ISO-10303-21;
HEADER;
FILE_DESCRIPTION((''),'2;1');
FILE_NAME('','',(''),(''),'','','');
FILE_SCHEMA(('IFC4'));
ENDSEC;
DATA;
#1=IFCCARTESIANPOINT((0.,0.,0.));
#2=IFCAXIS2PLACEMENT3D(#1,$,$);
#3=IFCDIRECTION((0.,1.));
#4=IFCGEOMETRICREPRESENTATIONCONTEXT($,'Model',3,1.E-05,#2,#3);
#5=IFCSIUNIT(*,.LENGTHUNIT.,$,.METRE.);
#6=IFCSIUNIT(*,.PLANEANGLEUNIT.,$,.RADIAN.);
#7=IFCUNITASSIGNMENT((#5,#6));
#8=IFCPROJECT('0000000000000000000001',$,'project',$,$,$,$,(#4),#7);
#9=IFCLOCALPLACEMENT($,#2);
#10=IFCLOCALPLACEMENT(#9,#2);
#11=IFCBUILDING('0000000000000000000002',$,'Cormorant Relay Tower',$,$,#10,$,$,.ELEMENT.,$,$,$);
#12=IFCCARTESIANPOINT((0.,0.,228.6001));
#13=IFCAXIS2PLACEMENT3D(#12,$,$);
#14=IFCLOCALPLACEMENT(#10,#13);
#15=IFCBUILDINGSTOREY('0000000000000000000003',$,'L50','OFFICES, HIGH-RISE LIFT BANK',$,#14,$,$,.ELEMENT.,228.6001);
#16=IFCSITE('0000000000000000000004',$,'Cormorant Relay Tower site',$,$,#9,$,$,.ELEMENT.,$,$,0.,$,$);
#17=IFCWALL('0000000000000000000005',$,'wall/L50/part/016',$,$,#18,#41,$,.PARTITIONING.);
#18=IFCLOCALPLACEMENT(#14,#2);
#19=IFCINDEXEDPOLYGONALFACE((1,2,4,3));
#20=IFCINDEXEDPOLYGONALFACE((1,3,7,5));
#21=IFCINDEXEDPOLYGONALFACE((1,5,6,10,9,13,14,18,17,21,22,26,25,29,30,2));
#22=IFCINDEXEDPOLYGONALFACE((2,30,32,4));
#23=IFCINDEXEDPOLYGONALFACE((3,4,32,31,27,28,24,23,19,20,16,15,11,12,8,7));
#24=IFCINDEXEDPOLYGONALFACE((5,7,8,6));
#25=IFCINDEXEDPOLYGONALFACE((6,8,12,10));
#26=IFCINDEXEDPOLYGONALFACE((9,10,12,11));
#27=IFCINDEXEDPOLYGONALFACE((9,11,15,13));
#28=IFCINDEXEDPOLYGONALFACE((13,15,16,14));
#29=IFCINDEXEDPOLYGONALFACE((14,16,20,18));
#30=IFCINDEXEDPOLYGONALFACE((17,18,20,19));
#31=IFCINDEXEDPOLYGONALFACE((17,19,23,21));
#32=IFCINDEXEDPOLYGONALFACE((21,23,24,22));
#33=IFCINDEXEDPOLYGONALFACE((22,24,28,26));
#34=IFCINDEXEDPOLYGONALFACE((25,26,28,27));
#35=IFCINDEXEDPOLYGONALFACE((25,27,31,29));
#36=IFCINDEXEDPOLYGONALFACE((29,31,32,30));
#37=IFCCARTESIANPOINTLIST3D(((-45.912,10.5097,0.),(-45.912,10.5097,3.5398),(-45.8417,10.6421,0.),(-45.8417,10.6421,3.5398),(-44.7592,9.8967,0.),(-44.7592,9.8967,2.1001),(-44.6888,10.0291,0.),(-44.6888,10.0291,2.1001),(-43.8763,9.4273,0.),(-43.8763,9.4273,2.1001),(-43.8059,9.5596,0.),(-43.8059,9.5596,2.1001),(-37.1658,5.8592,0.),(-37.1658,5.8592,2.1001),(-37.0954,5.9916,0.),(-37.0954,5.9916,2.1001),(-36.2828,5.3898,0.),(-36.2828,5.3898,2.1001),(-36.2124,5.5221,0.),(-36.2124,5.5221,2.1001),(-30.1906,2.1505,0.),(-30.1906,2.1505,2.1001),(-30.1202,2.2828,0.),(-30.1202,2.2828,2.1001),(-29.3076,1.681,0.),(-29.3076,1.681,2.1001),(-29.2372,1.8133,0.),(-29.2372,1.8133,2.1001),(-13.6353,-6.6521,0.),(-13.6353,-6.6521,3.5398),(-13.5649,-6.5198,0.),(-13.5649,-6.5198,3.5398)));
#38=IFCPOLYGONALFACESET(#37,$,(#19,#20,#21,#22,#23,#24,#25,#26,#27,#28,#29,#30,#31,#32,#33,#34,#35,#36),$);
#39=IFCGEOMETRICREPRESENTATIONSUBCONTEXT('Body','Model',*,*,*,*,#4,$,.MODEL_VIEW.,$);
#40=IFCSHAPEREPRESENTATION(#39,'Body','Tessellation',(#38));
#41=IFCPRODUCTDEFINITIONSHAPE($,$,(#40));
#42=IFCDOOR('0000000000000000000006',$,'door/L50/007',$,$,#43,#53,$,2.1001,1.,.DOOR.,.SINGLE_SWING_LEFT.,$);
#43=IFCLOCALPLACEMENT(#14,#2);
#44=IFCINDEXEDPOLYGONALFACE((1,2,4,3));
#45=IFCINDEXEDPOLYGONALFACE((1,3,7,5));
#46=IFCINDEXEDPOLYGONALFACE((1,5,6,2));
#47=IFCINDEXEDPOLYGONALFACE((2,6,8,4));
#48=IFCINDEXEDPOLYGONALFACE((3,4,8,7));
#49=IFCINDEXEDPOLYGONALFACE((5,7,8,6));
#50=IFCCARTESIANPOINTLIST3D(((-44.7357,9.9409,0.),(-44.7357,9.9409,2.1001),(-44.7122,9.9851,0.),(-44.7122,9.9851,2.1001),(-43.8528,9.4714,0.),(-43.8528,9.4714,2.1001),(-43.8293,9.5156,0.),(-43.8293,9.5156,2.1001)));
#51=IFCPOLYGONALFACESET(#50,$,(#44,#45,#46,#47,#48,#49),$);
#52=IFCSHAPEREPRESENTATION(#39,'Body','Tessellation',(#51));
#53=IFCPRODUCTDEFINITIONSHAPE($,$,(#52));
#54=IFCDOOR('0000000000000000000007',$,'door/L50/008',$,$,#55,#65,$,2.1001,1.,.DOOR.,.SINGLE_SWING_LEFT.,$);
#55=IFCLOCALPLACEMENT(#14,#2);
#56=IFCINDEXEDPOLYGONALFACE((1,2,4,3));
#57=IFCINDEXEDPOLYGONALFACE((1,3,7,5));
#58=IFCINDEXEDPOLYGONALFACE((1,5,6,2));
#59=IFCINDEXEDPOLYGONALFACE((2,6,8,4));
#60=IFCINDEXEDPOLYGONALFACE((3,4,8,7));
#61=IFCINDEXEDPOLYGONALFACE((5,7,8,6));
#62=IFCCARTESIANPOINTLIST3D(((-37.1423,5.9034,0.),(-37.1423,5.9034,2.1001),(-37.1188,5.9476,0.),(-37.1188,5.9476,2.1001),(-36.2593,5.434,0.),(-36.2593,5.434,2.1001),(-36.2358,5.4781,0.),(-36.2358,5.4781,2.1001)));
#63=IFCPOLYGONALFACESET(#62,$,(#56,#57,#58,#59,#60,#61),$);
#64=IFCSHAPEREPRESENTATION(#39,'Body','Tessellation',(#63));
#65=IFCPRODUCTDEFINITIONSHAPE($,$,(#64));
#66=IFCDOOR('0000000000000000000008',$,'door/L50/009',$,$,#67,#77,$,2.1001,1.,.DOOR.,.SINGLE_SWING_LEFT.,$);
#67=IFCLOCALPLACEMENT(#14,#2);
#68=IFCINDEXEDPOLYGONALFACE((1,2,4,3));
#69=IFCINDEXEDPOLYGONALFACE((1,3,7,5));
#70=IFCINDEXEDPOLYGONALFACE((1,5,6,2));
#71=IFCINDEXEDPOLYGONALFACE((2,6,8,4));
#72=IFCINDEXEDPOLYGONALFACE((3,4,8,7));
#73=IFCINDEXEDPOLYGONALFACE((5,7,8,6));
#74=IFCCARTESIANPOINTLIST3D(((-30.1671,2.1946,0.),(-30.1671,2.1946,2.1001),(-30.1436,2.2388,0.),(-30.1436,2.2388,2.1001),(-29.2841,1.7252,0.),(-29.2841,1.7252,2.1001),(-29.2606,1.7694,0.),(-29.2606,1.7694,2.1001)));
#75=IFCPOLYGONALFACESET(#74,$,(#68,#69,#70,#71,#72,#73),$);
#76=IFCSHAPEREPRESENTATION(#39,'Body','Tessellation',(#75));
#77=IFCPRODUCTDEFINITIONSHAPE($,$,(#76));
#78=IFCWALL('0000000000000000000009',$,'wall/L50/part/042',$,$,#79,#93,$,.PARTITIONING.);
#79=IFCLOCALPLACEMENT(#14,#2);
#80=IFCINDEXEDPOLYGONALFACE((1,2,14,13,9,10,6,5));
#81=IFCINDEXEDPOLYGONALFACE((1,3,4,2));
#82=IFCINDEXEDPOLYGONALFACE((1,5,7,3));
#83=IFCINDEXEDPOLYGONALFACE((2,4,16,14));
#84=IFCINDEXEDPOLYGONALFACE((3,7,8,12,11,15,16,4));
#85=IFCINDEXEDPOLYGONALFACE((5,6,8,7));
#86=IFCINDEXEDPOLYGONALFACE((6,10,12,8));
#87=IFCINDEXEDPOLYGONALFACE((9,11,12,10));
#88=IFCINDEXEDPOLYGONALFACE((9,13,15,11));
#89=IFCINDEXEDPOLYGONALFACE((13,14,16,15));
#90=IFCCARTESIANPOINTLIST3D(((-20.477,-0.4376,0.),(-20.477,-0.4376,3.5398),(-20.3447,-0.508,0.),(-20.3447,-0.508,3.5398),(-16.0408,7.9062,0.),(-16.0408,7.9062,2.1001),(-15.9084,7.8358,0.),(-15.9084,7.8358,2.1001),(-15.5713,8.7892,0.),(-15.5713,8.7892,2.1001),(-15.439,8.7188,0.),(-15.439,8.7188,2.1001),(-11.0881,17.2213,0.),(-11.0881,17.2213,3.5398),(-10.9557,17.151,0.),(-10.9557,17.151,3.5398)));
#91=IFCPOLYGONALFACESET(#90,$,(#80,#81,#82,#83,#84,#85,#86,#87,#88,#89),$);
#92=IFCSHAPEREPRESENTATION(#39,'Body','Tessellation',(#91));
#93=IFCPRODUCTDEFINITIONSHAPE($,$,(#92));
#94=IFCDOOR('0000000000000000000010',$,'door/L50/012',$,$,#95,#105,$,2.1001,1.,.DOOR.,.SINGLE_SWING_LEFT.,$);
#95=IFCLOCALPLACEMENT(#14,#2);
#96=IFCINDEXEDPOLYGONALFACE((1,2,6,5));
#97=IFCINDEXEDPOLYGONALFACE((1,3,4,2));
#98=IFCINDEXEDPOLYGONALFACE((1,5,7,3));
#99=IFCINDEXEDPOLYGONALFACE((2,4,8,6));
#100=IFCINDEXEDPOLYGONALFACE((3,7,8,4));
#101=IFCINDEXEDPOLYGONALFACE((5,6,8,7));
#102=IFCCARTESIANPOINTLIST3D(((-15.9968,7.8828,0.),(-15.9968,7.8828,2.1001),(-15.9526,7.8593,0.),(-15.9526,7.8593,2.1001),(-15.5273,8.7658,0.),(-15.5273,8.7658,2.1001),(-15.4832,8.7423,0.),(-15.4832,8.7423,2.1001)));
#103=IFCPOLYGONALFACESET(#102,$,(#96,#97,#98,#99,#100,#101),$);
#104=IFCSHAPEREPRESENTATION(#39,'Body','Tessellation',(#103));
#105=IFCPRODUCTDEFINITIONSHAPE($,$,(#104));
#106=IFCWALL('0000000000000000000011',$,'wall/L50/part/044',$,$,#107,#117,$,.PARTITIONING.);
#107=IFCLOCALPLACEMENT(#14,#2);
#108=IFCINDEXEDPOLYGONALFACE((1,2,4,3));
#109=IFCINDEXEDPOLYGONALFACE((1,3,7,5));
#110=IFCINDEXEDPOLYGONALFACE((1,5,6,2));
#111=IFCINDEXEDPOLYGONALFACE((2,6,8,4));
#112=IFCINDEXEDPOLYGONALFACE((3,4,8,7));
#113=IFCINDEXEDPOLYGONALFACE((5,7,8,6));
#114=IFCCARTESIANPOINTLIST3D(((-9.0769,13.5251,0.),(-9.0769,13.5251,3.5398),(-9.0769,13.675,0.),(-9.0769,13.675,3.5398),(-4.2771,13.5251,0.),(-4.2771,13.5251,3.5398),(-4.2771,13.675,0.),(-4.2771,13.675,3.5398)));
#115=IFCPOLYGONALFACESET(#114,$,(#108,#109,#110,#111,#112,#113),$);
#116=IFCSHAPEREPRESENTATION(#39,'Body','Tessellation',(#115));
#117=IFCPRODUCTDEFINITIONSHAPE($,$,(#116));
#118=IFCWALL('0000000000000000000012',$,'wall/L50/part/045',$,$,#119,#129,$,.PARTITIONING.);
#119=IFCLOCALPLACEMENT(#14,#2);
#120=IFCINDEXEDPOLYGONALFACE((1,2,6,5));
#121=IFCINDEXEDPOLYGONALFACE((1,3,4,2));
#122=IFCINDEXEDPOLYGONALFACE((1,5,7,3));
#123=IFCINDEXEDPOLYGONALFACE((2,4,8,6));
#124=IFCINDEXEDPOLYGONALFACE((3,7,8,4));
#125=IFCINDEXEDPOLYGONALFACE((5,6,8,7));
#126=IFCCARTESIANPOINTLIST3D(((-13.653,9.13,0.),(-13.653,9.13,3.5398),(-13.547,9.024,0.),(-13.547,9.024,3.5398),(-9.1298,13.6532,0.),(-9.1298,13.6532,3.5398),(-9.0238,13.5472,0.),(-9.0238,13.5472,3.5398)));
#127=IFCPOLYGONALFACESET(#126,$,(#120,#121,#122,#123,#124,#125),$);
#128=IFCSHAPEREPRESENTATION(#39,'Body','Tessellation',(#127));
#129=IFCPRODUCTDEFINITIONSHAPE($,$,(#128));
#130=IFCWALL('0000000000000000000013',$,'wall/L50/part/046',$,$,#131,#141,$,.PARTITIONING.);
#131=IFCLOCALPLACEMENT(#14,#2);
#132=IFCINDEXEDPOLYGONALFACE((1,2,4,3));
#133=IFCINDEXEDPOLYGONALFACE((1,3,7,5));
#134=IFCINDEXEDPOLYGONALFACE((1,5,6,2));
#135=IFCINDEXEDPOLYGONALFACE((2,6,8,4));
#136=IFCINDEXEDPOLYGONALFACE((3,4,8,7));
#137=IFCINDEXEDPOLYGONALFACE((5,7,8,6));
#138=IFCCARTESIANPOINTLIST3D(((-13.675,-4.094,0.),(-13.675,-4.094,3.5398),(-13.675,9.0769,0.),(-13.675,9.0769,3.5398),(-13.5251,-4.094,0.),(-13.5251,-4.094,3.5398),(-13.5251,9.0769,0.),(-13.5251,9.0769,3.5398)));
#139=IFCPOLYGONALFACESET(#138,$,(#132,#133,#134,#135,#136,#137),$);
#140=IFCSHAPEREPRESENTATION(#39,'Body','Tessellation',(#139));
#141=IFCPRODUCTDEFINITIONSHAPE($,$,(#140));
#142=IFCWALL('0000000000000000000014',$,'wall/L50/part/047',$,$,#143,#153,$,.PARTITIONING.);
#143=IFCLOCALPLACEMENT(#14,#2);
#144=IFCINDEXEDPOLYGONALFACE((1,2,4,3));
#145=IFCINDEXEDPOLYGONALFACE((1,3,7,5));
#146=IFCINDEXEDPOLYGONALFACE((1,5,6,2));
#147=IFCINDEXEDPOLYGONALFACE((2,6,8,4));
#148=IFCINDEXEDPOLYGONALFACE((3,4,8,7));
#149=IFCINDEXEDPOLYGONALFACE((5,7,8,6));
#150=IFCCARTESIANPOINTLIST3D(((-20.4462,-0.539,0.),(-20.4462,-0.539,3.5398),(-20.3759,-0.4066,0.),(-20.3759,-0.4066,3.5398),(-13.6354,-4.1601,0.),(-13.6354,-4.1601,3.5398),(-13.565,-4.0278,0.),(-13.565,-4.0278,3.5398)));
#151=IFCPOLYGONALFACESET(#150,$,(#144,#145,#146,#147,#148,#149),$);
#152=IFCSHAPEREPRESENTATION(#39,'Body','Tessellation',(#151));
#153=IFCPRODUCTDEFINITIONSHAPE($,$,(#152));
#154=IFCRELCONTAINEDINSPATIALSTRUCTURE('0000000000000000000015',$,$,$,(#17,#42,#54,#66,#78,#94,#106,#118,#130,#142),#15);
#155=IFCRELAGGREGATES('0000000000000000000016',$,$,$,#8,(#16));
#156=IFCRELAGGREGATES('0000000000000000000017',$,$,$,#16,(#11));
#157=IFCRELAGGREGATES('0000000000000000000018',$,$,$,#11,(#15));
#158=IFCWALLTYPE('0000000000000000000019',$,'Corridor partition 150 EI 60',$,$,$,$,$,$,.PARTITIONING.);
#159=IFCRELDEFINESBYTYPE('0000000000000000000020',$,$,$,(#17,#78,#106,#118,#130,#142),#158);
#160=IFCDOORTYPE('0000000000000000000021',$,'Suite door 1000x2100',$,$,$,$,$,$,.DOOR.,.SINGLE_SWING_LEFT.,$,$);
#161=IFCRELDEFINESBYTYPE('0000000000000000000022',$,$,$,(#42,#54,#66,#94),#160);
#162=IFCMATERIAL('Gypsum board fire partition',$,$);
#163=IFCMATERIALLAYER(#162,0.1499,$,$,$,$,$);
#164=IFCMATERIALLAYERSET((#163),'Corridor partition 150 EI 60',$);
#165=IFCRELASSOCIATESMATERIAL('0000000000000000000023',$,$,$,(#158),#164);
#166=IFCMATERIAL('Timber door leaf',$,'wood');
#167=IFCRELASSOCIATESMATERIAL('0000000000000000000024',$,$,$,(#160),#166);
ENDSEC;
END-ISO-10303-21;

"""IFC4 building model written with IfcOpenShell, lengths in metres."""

from ifc_helpers import new_model, si_unit, direction, frame, frame_2d, origin, place, context, subcontext, project, spatial, rectangle, extrude, material, layer, layer_set, type_object, element, fill, save


model = new_model("IFC4")

# Units and contexts
model_context = context("Model", 3, precision=1e-05, world=origin(), true_north=direction((0.0, 1.0)))
body_context = subcontext(model_context, "Body", "Model", "MODEL_VIEW")
ifc_project = project(units=[si_unit("LENGTHUNIT", "METRE"), si_unit("PLANEANGLEUNIT", "RADIAN")], contexts=[model_context])

# Site, building, storey
site_placement = place(None, origin())
site = spatial("IfcSite", under=ifc_project, at=site_placement, Name="Cormorant Relay Tower site", CompositionType="ELEMENT", RefElevation=0.0)
building_placement = place(site_placement, origin())
building = spatial("IfcBuilding", under=site, at=building_placement, Name="Cormorant Relay Tower", CompositionType="ELEMENT")
storey_placement = place(building_placement, frame((0.0, 0.0, 228.6001)))
storey = spatial("IfcBuildingStorey", under=building, at=storey_placement, Name="L50", Description="OFFICES, HIGH-RISE LIFT BANK", CompositionType="ELEMENT", Elevation=228.6001)

# Wall, openings, doors
ifc_material_1 = material(Name="Gypsum board fire partition")
ifc_layer_1 = layer(ifc_material_1, 0.1499)
ifc_layer_set_1 = layer_set([ifc_layer_1], Name="Corridor partition 150 EI 60")
wall_type_1 = type_object("IfcWallType", Name="Corridor partition 150 EI 60", PredefinedType="PARTITIONING", material=ifc_layer_set_1)
wall_1_placement = place(storey_placement, frame((-13.6001, -6.5859, 0.0), z_axis=(0.0, 0.0, 1.0), x_axis=(-0.882948, 0.469471, 0.0)))
wall_1 = element("IfcWall", 1, at=wall_1_placement, inside=storey, type_object=wall_type_1, Name="wall/L50/part/016", PredefinedType="PARTITIONING", context=body_context, shape_type="SweptSolid", body=[
    extrude(rectangle(XDim=36.5557, YDim=0.1499, at=frame_2d((18.2778, 0.0))), origin(), (0.0, 0.0, 1.0), 3.5398),
])
opening_1_placement = place(wall_1_placement, frame((34.25, 0.0, 0.0)))
opening_1 = element("IfcOpeningElement", 2, at=opening_1_placement, cuts=wall_1, PredefinedType="OPENING", context=body_context, shape_type="SweptSolid", body=[
    extrude(rectangle(XDim=1.0, YDim=2.1001, at=frame_2d((0.5, 1.05))), frame((0.0, 0.085, 0.0), z_axis=(0.0, -1.0, 0.0), x_axis=(1.0, 0.0, 0.0)), (0.0, 0.0, 1.0), 0.1699),
])
opening_2_placement = place(wall_1_placement, frame((25.6499, 0.0, 0.0)))
opening_2 = element("IfcOpeningElement", 3, at=opening_2_placement, cuts=wall_1, PredefinedType="OPENING", context=body_context, shape_type="SweptSolid", body=[
    extrude(rectangle(XDim=1.0, YDim=2.1001, at=frame_2d((0.5, 1.05))), frame((0.0, 0.085, 0.0), z_axis=(0.0, -1.0, 0.0), x_axis=(1.0, 0.0, 0.0)), (0.0, 0.0, 1.0), 0.1699),
])
opening_3_placement = place(wall_1_placement, frame((17.75, 0.0, 0.0)))
opening_3 = element("IfcOpeningElement", 4, at=opening_3_placement, cuts=wall_1, PredefinedType="OPENING", context=body_context, shape_type="SweptSolid", body=[
    extrude(rectangle(XDim=1.0, YDim=2.1001, at=frame_2d((0.5, 1.05))), frame((0.0, 0.085, 0.0), z_axis=(0.0, -1.0, 0.0), x_axis=(1.0, 0.0, 0.0)), (0.0, 0.0, 1.0), 0.1699),
])
ifc_material_2 = material(Name="Timber door leaf", Category="wood")
door_type_1 = type_object("IfcDoorType", Name="Suite door 1000x2100", OperationType="SINGLE_SWING_LEFT", PredefinedType="DOOR", material=ifc_material_2)
door_1_placement = place(opening_1_placement, origin())
door_1 = element("IfcDoor", 5, at=door_1_placement, inside=storey, type_object=door_type_1, Name="door/L50/007", OperationType="SINGLE_SWING_LEFT", OverallHeight=2.1001, OverallWidth=1.0, PredefinedType="DOOR", context=body_context, shape_type="SweptSolid", body=[
    extrude(rectangle(XDim=1.0, YDim=2.1001, at=frame_2d((0.5, 1.05))), frame((0.0, 0.0249, 0.0), z_axis=(0.0, -1.0, 0.0), x_axis=(1.0, 0.0, 0.0)), (0.0, 0.0, 1.0), 0.05),
])
fill(opening_1, door_1)
door_2_placement = place(opening_2_placement, origin())
door_2 = element("IfcDoor", 6, at=door_2_placement, inside=storey, type_object=door_type_1, Name="door/L50/008", OperationType="SINGLE_SWING_LEFT", OverallHeight=2.1001, OverallWidth=1.0, PredefinedType="DOOR", context=body_context, shape_type="SweptSolid", body=[
    extrude(rectangle(XDim=1.0, YDim=2.1001, at=frame_2d((0.5, 1.05))), frame((0.0, 0.0249, 0.0), z_axis=(0.0, -1.0, 0.0), x_axis=(1.0, 0.0, 0.0)), (0.0, 0.0, 1.0), 0.05),
])
fill(opening_2, door_2)
door_3_placement = place(opening_3_placement, origin())
door_3 = element("IfcDoor", 7, at=door_3_placement, inside=storey, type_object=door_type_1, Name="door/L50/009", OperationType="SINGLE_SWING_LEFT", OverallHeight=2.1001, OverallWidth=1.0, PredefinedType="DOOR", context=body_context, shape_type="SweptSolid", body=[
    extrude(rectangle(XDim=1.0, YDim=2.1001, at=frame_2d((0.5, 1.05))), frame((0.0, 0.0249, 0.0), z_axis=(0.0, -1.0, 0.0), x_axis=(1.0, 0.0, 0.0)), (0.0, 0.0, 1.0), 0.05),
])
fill(opening_3, door_3)

# Wall, opening, door
wall_2_placement = place(storey_placement, frame((-20.4109, -0.4729, 0.0), z_axis=(0.0, 0.0, 1.0), x_axis=(0.469452, 0.882958, 0.0)))
wall_2 = element("IfcWall", 8, at=wall_2_placement, inside=storey, type_object=wall_type_1, Name="wall/L50/part/042", PredefinedType="PARTITIONING", context=body_context, shape_type="SweptSolid", body=[
    extrude(rectangle(XDim=19.9998, YDim=0.1499, at=frame_2d((10.0, 0.0))), origin(), (0.0, 0.0, 1.0), 3.5398),
])
opening_4_placement = place(wall_2_placement, frame((9.45, 0.0, 0.0)))
opening_4 = element("IfcOpeningElement", 9, at=opening_4_placement, cuts=wall_2, PredefinedType="OPENING", context=body_context, shape_type="SweptSolid", body=[
    extrude(rectangle(XDim=1.0, YDim=2.1001, at=frame_2d((0.5, 1.05))), frame((0.0, 0.085, 0.0), z_axis=(0.0, -1.0, 0.0), x_axis=(1.0, 0.0, 0.0)), (0.0, 0.0, 1.0), 0.1699),
])
door_4_placement = place(opening_4_placement, frame((1.0, 0.0, 0.0), z_axis=(0.0, 0.0, 1.0), x_axis=(-1.0, 0.0, 0.0)))
door_4 = element("IfcDoor", 10, at=door_4_placement, inside=storey, type_object=door_type_1, Name="door/L50/012", OperationType="SINGLE_SWING_LEFT", OverallHeight=2.1001, OverallWidth=1.0, PredefinedType="DOOR", context=body_context, shape_type="SweptSolid", body=[
    extrude(rectangle(XDim=1.0, YDim=2.1001, at=frame_2d((0.5, 1.05))), frame((0.0, 0.0249, 0.0), z_axis=(0.0, -1.0, 0.0), x_axis=(1.0, 0.0, 0.0)), (0.0, 0.0, 1.0), 0.05),
])
fill(opening_4, door_4)

# Walls
wall_3_placement = place(storey_placement, frame((-4.2771, 13.6001, 0.0), z_axis=(0.0, 0.0, 1.0), x_axis=(-1.0, 0.0, 0.0)))
element("IfcWall", 11, at=wall_3_placement, inside=storey, type_object=wall_type_1, Name="wall/L50/part/044", PredefinedType="PARTITIONING", context=body_context, shape_type="SweptSolid", body=[
    extrude(rectangle(XDim=4.7998, YDim=0.1499, at=frame_2d((2.3999, 0.0))), origin(), (0.0, 0.0, 1.0), 3.5398),
])
wall_4_placement = place(storey_placement, frame((-9.0769, 13.6001, 0.0), z_axis=(0.0, 0.0, 1.0), x_axis=(-0.707107, -0.707107, 0.0)))
element("IfcWall", 12, at=wall_4_placement, inside=storey, type_object=wall_type_1, Name="wall/L50/part/045", PredefinedType="PARTITIONING", context=body_context, shape_type="SweptSolid", body=[
    extrude(rectangle(XDim=6.3967, YDim=0.1499, at=frame_2d((3.1982, 0.0))), origin(), (0.0, 0.0, 1.0), 3.5398),
])
wall_5_placement = place(storey_placement, frame((-13.6001, 9.0769, 0.0), z_axis=(0.0, 0.0, 1.0), x_axis=(0.0, -1.0, 0.0)))
element("IfcWall", 13, at=wall_5_placement, inside=storey, type_object=wall_type_1, Name="wall/L50/part/046", PredefinedType="PARTITIONING", context=body_context, shape_type="SweptSolid", body=[
    extrude(rectangle(XDim=13.1709, YDim=0.1499, at=frame_2d((6.5854, 0.0))), origin(), (0.0, 0.0, 1.0), 3.5398),
])
wall_6_placement = place(storey_placement, frame((-13.6001, -4.094, 0.0), z_axis=(0.0, 0.0, 1.0), x_axis=(-0.882962, 0.469444, 0.0)))
element("IfcWall", 14, at=wall_6_placement, inside=storey, type_object=wall_type_1, Name="wall/L50/part/047", PredefinedType="PARTITIONING", context=body_context, shape_type="SweptSolid", body=[
    extrude(rectangle(XDim=7.7136, YDim=0.1499, at=frame_2d((3.8569, 0.0))), origin(), (0.0, 0.0, 1.0), 3.5398),
])

save(model, "model.ifc")
